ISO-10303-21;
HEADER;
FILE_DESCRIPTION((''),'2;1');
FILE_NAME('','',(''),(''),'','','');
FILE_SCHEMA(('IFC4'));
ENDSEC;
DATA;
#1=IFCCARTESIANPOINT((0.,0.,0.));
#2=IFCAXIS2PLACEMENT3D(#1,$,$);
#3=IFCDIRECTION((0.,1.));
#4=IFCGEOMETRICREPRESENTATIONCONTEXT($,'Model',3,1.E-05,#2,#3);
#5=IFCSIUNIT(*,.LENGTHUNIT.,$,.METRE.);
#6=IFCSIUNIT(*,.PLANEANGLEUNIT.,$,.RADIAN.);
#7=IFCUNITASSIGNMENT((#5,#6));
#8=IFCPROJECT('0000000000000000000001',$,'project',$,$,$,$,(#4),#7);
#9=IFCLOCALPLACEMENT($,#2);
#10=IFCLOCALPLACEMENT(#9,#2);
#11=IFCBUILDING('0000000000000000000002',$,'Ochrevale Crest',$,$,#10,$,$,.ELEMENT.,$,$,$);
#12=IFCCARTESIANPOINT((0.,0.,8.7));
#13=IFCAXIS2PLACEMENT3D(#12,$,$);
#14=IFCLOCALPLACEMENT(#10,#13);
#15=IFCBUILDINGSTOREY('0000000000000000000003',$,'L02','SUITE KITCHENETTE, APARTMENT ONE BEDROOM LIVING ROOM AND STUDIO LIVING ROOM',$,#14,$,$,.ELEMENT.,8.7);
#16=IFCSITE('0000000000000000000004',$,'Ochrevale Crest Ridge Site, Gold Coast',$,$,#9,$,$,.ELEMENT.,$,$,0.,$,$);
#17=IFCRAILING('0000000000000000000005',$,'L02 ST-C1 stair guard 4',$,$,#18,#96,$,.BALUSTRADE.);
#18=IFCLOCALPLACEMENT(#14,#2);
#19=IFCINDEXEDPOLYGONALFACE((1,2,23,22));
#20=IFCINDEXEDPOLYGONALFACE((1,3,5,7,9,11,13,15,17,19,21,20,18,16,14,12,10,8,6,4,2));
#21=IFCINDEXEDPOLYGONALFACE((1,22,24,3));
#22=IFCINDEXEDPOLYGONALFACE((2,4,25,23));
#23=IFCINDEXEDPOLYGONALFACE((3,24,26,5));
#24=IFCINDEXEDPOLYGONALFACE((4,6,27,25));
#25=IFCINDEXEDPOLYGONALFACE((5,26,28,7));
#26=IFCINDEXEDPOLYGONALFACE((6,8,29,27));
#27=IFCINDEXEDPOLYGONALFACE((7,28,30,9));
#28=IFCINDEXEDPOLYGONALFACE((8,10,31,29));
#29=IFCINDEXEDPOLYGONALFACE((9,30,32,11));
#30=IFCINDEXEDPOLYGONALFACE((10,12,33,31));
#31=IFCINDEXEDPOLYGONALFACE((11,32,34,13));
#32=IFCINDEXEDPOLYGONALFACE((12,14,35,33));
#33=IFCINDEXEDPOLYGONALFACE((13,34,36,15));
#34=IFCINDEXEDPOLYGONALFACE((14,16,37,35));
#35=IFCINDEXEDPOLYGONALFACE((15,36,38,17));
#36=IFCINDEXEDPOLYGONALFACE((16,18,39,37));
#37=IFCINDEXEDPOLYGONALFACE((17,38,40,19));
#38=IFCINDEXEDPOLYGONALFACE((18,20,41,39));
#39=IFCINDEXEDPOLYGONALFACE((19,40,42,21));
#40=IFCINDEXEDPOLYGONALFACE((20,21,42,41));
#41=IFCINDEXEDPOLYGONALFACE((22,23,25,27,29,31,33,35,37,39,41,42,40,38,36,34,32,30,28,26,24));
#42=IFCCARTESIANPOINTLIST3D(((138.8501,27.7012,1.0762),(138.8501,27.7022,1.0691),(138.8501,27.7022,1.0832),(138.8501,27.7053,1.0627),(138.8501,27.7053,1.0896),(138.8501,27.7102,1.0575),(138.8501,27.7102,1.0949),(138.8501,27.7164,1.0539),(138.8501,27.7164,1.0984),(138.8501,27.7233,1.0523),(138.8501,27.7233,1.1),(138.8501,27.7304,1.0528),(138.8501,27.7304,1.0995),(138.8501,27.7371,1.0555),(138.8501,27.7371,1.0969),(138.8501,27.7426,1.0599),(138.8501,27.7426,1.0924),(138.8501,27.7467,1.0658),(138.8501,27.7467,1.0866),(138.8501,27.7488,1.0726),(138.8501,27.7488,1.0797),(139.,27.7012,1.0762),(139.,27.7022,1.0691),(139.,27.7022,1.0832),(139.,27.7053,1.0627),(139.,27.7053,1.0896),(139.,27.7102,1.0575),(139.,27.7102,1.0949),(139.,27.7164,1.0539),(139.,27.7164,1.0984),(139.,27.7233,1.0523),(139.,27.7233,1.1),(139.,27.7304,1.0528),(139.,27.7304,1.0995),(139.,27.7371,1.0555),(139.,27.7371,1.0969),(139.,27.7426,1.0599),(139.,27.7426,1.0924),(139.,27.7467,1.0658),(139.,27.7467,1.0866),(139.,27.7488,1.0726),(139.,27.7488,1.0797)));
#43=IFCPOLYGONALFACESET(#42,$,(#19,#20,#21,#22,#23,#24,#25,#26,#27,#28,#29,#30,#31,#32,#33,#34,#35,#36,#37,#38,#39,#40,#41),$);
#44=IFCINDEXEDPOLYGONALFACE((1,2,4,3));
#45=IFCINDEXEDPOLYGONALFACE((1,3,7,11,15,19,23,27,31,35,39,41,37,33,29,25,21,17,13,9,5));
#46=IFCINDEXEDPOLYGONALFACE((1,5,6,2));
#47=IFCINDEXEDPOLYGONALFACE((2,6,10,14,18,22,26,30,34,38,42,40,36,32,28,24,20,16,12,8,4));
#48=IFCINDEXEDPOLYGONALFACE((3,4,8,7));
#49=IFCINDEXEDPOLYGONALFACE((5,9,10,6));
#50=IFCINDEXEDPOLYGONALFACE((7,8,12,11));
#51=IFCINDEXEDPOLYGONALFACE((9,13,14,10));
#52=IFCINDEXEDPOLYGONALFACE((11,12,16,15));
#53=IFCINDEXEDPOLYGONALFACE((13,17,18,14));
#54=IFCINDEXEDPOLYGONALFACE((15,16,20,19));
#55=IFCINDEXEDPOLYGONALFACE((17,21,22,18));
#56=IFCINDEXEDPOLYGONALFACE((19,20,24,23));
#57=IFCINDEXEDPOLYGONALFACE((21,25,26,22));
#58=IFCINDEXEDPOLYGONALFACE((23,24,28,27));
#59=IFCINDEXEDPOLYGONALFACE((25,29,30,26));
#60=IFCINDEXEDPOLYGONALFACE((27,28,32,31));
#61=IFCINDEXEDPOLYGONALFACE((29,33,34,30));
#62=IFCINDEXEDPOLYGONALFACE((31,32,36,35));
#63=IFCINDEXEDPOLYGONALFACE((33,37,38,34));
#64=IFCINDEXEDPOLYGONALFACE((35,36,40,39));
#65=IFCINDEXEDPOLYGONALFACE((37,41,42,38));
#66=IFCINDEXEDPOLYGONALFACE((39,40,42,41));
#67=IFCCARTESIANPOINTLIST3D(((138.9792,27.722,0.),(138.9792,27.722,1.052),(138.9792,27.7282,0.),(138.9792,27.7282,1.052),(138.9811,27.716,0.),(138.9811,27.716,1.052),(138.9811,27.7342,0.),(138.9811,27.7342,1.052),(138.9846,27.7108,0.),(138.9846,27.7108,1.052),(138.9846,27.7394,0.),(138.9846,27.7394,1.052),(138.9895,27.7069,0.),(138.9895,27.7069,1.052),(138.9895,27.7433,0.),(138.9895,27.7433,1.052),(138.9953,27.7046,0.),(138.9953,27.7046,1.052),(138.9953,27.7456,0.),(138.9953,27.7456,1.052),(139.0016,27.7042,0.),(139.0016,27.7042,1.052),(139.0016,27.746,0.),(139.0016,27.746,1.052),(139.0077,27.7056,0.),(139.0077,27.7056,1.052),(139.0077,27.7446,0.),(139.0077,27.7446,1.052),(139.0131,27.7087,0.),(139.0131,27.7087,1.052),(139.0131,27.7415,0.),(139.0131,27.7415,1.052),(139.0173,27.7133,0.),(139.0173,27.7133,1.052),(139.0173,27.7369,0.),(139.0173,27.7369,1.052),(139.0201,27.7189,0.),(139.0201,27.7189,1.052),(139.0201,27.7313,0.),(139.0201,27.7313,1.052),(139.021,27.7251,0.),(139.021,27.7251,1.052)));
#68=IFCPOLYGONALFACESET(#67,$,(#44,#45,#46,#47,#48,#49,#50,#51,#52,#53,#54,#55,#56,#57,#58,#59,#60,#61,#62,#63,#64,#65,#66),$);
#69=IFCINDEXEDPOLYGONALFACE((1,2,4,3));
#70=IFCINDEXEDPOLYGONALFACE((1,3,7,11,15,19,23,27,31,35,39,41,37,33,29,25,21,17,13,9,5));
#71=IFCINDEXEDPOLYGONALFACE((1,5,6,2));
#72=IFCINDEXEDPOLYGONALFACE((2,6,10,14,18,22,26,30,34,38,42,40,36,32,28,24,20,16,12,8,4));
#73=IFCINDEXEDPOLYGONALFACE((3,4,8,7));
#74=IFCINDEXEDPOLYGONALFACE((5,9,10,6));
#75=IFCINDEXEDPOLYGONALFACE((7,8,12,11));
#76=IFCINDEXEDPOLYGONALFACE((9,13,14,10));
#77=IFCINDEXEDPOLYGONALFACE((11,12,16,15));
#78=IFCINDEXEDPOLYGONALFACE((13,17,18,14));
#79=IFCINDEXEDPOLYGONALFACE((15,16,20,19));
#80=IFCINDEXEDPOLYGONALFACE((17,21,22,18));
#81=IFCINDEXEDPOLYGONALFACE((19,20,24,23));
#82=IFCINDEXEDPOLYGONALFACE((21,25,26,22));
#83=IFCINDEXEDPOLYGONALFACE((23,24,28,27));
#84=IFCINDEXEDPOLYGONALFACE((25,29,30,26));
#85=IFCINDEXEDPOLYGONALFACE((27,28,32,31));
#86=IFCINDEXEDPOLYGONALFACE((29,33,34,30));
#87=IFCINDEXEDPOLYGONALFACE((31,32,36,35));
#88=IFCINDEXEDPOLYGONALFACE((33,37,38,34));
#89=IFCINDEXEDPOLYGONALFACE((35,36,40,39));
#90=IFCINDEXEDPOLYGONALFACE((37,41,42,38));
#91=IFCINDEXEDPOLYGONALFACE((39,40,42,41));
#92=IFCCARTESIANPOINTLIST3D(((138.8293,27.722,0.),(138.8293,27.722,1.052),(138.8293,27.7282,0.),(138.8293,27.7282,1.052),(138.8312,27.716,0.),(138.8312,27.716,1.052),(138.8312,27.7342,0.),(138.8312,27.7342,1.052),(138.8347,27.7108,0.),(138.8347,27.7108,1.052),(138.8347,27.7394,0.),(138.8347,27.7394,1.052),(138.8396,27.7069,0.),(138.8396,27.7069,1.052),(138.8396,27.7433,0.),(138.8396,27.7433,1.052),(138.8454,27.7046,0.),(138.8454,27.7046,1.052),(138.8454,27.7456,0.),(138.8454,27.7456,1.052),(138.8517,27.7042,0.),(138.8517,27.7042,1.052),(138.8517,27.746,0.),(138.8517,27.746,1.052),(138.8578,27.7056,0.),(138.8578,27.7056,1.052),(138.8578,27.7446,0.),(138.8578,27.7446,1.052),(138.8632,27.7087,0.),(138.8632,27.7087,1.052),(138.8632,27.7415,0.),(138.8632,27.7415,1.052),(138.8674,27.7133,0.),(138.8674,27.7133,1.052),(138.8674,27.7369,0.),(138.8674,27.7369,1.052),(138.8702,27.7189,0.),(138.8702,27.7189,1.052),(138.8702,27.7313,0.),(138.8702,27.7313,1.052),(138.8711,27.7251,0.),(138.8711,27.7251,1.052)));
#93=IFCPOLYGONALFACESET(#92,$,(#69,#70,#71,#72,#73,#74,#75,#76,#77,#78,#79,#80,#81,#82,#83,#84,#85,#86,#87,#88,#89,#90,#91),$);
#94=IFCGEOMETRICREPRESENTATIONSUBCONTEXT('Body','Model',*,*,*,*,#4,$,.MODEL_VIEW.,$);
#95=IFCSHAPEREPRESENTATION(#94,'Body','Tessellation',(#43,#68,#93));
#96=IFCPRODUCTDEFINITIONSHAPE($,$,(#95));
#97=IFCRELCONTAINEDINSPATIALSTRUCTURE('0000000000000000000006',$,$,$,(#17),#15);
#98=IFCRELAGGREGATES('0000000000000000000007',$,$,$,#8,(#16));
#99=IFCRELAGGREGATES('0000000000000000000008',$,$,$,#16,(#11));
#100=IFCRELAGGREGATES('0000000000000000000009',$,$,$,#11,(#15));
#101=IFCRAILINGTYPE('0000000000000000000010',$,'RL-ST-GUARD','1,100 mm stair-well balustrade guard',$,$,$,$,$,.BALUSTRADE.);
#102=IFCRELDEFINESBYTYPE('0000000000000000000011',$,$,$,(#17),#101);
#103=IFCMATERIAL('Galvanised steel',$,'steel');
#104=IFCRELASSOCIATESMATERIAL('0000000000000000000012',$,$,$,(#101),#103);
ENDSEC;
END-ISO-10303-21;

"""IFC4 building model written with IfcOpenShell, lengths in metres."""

from ifc_helpers import new_model, si_unit, direction, frame, origin, origin_2d, place, context, subcontext, project, spatial, circle, extrude, material, type_object, element, save


model = new_model("IFC4")

# Units and contexts
model_context = context("Model", 3, precision=1e-05, world=origin(), true_north=direction((0.0, 1.0)))
body_context = subcontext(model_context, "Body", "Model", "MODEL_VIEW")
ifc_project = project(units=[si_unit("LENGTHUNIT", "METRE"), si_unit("PLANEANGLEUNIT", "RADIAN")], contexts=[model_context])

# Site, building, storey
site_placement = place(None, origin())
site = spatial("IfcSite", under=ifc_project, at=site_placement, Name="Ochrevale Crest Ridge Site, Gold Coast", CompositionType="ELEMENT", RefElevation=0.0)
building_placement = place(site_placement, origin())
building = spatial("IfcBuilding", under=site, at=building_placement, Name="Ochrevale Crest", CompositionType="ELEMENT")
storey_placement = place(building_placement, frame((0.0, 0.0, 8.7)))
storey = spatial("IfcBuildingStorey", under=building, at=storey_placement, Name="L02", Description="SUITE KITCHENETTE, APARTMENT ONE BEDROOM LIVING ROOM AND STUDIO LIVING ROOM", CompositionType="ELEMENT", Elevation=8.7)

# Railing
ifc_material_1 = material(Name="Galvanised steel", Category="steel")
railing_type_1 = type_object("IfcRailingType", Name="RL-ST-GUARD", Description="1,100 mm stair-well balustrade guard", PredefinedType="BALUSTRADE", material=ifc_material_1)
railing_1_placement = place(storey_placement, frame((139.0, 27.7251, 0.0)))
element("IfcRailing", 1, at=railing_1_placement, inside=storey, type_object=railing_type_1, Name="L02 ST-C1 stair guard 4", PredefinedType="BALUSTRADE", context=body_context, shape_type="SweptSolid", body=[
    extrude(circle(Radius=0.0239, at=origin_2d()), frame((0.0, 0.0, 1.0762), z_axis=(-1.0, 0.0, 0.0), x_axis=(0.0, -1.0, 0.0)), (0.0, 0.0, 1.0), 0.1499),
    extrude(circle(Radius=0.021, at=origin_2d()), origin(), (0.0, 0.0, 1.0), 1.052),
    extrude(circle(Radius=0.021, at=origin_2d()), frame((-0.1499, 0.0, 0.0)), (0.0, 0.0, 1.0), 1.052),
])

save(model, "model.ifc")
